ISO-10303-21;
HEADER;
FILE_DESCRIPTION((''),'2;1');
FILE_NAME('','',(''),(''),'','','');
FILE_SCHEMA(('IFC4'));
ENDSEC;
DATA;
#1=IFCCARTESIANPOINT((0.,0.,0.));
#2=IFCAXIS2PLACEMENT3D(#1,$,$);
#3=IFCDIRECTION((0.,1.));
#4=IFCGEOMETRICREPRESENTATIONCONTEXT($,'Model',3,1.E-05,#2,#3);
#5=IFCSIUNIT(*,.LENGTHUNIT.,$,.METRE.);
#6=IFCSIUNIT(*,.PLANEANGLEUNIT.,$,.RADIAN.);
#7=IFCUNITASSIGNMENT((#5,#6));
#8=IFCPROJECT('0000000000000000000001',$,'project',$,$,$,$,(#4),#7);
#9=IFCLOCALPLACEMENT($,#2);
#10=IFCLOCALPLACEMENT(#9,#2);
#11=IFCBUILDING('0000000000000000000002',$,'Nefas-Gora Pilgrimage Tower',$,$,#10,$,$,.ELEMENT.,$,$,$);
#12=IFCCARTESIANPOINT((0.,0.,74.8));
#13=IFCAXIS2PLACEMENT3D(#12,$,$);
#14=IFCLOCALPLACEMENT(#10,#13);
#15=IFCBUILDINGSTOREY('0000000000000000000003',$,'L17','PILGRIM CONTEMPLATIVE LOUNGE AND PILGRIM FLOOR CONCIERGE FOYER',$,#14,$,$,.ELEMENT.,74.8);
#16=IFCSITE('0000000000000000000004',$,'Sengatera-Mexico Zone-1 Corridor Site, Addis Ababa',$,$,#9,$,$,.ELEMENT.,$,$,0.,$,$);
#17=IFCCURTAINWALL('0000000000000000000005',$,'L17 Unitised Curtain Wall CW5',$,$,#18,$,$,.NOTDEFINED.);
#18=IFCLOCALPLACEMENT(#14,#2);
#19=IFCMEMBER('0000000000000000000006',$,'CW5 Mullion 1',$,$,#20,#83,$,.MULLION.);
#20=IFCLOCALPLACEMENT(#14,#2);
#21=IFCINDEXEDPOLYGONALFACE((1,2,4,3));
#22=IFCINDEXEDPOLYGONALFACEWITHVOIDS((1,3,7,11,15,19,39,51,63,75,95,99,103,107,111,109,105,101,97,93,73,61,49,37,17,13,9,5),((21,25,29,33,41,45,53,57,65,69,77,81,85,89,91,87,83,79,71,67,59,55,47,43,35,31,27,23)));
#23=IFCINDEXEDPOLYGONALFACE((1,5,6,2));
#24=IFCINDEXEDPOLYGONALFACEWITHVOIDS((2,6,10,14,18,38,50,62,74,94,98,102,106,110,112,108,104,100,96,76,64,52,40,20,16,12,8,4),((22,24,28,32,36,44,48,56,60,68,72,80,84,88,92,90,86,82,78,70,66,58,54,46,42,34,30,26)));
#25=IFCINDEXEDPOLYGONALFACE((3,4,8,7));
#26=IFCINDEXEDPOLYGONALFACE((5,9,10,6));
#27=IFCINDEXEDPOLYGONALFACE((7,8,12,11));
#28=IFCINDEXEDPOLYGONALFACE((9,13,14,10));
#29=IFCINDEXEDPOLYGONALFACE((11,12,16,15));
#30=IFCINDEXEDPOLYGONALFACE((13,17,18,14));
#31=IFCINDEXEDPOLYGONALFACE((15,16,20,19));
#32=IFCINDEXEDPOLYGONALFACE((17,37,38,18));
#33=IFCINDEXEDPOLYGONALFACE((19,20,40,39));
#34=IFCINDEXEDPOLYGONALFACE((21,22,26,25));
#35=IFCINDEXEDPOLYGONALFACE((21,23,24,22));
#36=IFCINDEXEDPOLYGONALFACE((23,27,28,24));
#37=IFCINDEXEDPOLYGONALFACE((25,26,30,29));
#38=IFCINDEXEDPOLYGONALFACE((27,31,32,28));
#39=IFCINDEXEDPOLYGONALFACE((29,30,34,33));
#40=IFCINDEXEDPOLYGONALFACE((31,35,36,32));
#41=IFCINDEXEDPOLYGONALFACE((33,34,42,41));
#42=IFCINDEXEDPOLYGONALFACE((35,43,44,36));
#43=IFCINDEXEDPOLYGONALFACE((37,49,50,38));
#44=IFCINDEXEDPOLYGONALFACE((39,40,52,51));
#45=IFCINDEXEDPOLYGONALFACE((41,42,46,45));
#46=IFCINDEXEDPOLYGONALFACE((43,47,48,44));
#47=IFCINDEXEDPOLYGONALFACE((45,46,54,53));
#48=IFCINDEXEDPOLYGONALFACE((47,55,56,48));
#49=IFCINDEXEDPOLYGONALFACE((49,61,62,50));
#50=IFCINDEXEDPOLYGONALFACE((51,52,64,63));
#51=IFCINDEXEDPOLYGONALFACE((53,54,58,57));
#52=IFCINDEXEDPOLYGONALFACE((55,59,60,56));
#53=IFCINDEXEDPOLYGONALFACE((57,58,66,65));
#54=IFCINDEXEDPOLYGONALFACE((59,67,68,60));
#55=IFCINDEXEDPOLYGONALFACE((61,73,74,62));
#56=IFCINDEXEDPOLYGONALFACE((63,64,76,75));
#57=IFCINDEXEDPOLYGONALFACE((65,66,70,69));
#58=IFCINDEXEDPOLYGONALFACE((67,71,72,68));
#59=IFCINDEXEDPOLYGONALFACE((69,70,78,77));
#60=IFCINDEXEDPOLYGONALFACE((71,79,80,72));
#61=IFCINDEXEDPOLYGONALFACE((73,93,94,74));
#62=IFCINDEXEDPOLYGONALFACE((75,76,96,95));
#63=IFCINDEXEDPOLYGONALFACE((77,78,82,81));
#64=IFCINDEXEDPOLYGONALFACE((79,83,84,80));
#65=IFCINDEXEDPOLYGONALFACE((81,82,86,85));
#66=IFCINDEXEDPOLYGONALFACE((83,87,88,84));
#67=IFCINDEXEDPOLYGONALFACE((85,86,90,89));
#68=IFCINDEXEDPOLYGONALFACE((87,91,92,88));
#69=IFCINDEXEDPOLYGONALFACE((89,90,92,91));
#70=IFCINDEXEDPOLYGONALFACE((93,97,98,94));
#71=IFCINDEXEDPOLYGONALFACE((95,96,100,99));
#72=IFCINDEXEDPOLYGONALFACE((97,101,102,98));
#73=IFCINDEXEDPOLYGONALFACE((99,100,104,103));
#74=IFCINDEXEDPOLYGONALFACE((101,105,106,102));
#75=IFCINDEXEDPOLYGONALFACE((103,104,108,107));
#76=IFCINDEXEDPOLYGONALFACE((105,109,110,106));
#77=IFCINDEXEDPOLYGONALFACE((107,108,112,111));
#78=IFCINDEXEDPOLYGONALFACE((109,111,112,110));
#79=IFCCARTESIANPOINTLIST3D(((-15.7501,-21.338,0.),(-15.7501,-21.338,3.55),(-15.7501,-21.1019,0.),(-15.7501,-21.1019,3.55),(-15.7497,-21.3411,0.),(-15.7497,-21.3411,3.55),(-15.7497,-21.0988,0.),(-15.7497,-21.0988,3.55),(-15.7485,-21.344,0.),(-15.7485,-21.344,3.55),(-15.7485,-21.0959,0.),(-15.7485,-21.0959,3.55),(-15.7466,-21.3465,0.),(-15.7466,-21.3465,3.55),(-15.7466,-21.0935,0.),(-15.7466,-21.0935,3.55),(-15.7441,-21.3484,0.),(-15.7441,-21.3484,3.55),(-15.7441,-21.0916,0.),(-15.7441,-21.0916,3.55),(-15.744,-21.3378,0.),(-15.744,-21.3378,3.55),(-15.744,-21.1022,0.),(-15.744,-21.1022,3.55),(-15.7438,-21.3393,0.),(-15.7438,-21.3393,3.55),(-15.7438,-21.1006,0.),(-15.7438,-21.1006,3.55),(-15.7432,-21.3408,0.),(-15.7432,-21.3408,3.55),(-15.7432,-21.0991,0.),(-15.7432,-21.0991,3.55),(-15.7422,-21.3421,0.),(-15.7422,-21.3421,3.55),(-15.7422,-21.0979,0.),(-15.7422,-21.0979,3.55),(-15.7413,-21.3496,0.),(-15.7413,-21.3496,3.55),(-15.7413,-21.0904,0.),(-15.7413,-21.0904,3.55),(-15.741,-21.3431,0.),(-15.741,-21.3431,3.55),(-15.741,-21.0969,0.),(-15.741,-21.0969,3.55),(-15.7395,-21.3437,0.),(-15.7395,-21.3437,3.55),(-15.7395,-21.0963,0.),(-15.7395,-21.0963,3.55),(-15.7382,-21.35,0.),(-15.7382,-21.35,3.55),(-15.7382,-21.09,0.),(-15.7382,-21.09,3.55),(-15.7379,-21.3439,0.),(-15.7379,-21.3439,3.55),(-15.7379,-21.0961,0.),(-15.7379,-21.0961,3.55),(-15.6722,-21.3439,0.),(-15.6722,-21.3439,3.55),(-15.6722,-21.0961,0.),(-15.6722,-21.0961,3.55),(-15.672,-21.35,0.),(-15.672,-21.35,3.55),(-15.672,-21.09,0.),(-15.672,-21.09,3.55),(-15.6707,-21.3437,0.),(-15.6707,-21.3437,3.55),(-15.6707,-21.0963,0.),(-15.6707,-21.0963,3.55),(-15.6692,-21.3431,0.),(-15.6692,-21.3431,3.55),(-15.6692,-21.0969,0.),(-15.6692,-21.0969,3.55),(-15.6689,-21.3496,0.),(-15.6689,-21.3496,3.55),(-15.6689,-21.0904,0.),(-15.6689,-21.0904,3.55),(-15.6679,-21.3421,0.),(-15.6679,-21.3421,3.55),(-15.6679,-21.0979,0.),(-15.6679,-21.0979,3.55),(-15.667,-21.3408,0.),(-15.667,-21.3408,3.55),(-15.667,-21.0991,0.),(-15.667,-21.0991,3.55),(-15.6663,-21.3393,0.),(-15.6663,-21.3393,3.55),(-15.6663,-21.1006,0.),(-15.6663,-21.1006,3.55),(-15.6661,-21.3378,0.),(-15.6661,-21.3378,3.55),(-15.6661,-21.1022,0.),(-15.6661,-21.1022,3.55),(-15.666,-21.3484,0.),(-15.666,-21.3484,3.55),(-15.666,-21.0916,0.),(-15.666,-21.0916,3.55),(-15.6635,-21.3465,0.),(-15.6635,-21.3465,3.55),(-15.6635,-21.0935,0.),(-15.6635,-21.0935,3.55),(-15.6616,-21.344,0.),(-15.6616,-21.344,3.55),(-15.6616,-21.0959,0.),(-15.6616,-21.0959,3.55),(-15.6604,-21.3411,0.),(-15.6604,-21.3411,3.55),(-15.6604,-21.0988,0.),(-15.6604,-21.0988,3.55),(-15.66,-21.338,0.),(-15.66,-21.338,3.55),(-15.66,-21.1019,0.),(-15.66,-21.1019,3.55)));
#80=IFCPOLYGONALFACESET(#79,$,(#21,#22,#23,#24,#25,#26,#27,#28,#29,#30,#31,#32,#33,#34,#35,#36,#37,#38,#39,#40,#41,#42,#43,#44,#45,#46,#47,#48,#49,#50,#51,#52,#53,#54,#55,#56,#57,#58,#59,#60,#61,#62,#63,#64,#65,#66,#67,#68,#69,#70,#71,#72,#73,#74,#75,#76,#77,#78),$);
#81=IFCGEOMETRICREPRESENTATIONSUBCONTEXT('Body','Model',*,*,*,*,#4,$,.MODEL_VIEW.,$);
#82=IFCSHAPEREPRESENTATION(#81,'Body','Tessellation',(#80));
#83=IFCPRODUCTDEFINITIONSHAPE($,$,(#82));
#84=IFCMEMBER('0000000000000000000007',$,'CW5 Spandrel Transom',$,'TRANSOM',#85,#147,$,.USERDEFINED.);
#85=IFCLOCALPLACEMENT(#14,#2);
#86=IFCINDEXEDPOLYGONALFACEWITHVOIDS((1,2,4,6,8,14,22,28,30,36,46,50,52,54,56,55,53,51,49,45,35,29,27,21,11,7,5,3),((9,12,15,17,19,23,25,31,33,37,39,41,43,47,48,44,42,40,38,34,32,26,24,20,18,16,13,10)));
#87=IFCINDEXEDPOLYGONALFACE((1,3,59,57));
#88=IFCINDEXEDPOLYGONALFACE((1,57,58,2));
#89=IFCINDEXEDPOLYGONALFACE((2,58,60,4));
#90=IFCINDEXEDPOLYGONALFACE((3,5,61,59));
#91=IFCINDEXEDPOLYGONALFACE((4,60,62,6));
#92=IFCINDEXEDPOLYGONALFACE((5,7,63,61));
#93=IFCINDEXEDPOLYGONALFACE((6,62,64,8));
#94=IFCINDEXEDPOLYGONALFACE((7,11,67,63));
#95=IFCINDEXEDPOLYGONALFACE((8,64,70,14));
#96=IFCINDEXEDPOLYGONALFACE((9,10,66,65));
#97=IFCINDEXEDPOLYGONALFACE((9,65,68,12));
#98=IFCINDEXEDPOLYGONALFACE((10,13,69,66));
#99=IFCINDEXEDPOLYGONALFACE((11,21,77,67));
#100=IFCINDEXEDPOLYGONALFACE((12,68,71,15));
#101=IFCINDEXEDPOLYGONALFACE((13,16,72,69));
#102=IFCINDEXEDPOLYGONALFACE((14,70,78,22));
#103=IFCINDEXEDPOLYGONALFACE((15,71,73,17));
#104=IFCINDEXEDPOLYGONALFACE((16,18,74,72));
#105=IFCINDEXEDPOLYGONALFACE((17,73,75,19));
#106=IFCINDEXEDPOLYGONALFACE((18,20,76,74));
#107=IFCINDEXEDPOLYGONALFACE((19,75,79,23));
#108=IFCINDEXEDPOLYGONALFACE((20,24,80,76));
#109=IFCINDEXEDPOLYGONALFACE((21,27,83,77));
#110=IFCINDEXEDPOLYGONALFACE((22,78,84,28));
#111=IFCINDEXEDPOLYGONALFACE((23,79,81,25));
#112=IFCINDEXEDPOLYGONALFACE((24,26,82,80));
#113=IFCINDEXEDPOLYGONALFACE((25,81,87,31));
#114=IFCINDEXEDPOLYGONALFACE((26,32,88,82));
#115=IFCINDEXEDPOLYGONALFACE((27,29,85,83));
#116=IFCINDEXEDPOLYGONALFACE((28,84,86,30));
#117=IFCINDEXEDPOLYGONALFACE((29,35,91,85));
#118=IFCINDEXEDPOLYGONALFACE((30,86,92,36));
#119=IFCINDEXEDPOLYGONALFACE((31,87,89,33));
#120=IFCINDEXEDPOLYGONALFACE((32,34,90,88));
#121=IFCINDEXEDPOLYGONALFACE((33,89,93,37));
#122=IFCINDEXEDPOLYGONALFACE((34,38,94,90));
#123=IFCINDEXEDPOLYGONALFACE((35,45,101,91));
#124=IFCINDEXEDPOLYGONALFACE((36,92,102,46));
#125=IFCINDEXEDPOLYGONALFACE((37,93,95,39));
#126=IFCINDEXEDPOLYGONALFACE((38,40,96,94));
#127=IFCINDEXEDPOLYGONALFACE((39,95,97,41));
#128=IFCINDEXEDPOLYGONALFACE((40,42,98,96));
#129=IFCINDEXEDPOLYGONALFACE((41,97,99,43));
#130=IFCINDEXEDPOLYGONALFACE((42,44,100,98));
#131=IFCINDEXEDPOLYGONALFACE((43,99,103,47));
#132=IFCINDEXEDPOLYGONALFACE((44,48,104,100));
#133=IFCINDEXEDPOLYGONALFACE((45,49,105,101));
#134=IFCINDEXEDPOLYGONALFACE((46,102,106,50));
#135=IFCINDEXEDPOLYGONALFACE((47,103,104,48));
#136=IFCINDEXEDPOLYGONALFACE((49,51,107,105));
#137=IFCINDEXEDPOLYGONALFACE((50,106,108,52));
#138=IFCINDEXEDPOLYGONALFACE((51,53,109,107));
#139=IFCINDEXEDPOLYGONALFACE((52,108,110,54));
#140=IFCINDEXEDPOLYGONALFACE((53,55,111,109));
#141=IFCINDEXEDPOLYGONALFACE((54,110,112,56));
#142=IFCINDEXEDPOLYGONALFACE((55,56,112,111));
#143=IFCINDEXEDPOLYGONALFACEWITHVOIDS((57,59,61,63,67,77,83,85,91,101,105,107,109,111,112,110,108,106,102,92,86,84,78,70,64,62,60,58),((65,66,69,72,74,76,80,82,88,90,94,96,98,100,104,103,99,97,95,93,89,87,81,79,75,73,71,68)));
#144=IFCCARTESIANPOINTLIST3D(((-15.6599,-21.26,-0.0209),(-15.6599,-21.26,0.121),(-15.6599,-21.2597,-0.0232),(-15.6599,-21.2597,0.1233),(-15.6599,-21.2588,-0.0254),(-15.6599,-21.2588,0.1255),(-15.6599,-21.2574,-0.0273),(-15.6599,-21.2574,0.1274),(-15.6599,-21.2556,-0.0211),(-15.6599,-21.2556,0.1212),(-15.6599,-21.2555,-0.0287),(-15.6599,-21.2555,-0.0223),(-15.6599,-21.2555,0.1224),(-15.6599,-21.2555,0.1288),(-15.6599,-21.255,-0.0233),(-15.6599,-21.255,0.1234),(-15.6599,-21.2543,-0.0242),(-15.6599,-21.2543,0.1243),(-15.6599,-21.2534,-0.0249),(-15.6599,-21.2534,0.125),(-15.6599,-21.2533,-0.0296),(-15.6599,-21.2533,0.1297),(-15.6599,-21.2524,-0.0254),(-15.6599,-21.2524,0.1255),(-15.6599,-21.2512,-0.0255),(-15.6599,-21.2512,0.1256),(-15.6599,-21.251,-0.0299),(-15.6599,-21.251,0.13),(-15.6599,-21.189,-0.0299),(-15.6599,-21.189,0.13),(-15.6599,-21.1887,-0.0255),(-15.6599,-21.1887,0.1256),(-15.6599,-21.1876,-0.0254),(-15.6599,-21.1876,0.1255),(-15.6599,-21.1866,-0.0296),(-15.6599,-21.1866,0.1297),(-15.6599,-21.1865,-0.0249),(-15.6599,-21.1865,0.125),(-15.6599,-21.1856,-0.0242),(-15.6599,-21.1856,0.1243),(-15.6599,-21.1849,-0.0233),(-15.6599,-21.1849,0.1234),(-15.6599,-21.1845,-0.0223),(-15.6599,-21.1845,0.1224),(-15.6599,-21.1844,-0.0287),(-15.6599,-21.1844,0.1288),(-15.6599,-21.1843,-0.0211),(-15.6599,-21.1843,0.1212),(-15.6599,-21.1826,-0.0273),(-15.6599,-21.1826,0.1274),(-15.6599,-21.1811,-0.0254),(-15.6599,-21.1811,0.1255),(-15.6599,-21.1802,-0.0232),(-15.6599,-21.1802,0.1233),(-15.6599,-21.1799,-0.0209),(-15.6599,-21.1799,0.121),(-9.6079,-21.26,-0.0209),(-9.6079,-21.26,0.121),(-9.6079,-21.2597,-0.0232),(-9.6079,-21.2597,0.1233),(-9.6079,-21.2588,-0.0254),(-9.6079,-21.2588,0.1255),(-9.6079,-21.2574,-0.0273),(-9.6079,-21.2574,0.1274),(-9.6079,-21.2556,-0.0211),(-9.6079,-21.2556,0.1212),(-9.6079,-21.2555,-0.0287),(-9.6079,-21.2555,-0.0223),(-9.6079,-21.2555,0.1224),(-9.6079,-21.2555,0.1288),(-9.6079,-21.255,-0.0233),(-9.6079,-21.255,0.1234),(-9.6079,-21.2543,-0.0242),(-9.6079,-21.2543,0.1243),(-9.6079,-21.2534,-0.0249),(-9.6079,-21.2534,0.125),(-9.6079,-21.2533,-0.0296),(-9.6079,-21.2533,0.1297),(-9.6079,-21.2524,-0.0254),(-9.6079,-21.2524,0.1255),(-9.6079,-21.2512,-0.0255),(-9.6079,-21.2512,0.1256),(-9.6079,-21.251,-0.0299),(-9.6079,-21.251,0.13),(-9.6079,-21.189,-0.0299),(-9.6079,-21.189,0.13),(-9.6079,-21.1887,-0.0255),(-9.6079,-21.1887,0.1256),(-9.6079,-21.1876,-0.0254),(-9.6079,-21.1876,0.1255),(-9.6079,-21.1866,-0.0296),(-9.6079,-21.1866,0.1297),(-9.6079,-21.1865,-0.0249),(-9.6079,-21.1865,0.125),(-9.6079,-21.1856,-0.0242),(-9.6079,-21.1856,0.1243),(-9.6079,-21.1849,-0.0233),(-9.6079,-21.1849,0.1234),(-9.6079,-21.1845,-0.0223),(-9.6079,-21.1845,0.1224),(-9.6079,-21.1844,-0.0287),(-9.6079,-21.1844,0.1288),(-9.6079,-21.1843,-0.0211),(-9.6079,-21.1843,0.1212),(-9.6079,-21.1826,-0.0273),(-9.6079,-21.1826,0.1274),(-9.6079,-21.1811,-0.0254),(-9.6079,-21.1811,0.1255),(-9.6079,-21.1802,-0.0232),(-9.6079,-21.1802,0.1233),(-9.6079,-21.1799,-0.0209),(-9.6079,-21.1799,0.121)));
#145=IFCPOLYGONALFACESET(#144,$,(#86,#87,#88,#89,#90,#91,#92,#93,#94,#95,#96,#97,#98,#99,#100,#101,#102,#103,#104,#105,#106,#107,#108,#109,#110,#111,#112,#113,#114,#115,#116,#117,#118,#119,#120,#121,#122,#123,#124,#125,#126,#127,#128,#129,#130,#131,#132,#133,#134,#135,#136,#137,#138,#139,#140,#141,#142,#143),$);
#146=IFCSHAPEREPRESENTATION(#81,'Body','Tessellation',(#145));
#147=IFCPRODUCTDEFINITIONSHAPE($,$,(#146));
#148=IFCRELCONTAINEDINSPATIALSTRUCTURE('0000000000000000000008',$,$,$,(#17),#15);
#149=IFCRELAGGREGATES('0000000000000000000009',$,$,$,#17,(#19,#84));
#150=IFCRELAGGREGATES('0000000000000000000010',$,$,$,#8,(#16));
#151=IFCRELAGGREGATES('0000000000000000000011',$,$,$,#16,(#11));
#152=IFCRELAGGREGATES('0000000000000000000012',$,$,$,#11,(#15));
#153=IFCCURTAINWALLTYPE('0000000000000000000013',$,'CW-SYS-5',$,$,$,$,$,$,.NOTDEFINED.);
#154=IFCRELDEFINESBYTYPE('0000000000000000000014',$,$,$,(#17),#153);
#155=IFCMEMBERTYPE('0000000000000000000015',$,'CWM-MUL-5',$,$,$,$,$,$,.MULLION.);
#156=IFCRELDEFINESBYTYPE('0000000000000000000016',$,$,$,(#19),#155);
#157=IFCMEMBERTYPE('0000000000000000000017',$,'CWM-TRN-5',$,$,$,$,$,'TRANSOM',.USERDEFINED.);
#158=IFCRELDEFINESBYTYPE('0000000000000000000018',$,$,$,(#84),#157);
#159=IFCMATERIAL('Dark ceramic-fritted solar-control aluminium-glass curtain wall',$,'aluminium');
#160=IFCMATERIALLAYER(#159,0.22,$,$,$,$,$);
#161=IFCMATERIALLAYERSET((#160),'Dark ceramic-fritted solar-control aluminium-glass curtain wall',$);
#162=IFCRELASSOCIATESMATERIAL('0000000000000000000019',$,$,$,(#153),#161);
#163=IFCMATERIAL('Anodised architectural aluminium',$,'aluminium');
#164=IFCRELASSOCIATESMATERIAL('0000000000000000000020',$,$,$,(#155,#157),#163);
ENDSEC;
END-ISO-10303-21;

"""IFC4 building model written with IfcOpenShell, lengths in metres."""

from ifc_helpers import new_model, si_unit, direction, frame, origin, origin_2d, place, context, subcontext, project, spatial, hollow_rectangle, extrude, source, transform, mapped, material, layer, layer_set, material_profile, profile_set, type_object, element, aggregate, save


model = new_model("IFC4")

# Units and contexts
model_context = context("Model", 3, precision=1e-05, world=origin(), true_north=direction((0.0, 1.0)))
body_context = subcontext(model_context, "Body", "Model", "MODEL_VIEW")
ifc_project = project(units=[si_unit("LENGTHUNIT", "METRE"), si_unit("PLANEANGLEUNIT", "RADIAN")], contexts=[model_context])

# Site, building, storey
site_placement = place(None, origin())
site = spatial("IfcSite", under=ifc_project, at=site_placement, Name="Sengatera-Mexico Zone-1 Corridor Site, Addis Ababa", CompositionType="ELEMENT", RefElevation=0.0)
building_placement = place(site_placement, origin())
building = spatial("IfcBuilding", under=site, at=building_placement, Name="Nefas-Gora Pilgrimage Tower", CompositionType="ELEMENT")
storey_placement = place(building_placement, frame((0.0, 0.0, 74.8)))
storey = spatial("IfcBuildingStorey", under=building, at=storey_placement, Name="L17", Description="PILGRIM CONTEMPLATIVE LOUNGE AND PILGRIM FLOOR CONCIERGE FOYER", CompositionType="ELEMENT", Elevation=74.8)

# Curtain wall, members
ifc_material_1 = material(Name="Dark ceramic-fritted solar-control aluminium-glass curtain wall", Category="aluminium")
ifc_layer_1 = layer(ifc_material_1, 0.22)
ifc_layer_set_1 = layer_set([ifc_layer_1], Name="Dark ceramic-fritted solar-control aluminium-glass curtain wall")
curtain_wall_type_1 = type_object("IfcCurtainWallType", Name="CW-SYS-5", PredefinedType="NOTDEFINED", material=ifc_layer_set_1)
curtain_wall_1_placement = place(storey_placement, origin())
curtain_wall_1 = element("IfcCurtainWall", 1, at=curtain_wall_1_placement, inside=storey, type_object=curtain_wall_type_1, Name="L17 Unitised Curtain Wall CW5", PredefinedType="NOTDEFINED")
ifc_material_2 = material(Name="Anodised architectural aluminium", Category="aluminium")
ifc_material_profile_1 = material_profile(ifc_material_2, hollow_rectangle(XDim=0.0901, YDim=0.26, WallThickness=0.0061, InnerFilletRadius=0.0061, OuterFilletRadius=0.012, at=origin_2d()), Name="ALU MULLION 90x260")
ifc_profile_set_1 = profile_set([ifc_material_profile_1], Name="Anodised architectural aluminium")
member_type_1 = type_object("IfcMemberType", Name="CWM-MUL-5", PredefinedType="MULLION", material=ifc_profile_set_1)
shared_shape_1 = source(origin(), body_context, "Body", "SweptSolid", [
    extrude(hollow_rectangle(XDim=0.0901, YDim=0.26, WallThickness=0.0061, InnerFilletRadius=0.0061, OuterFilletRadius=0.012, at=origin_2d()), origin(), (0.0, 0.0, 1.0), 3.55),
])
member_1_placement = place(storey_placement, frame((-15.7051, -21.22, 0.0), z_axis=(0.0, 0.0, 1.0), x_axis=(1.0, 0.0, 0.0)))
member_1 = element("IfcMember", 2, at=member_1_placement, type_object=member_type_1, Name="CW5 Mullion 1", PredefinedType="MULLION", context=body_context, shape_type="MappedRepresentation", body=[
    mapped(shared_shape_1, transform((0.0, 0.0, 0.0), x_axis=(1.0, 0.0, 0.0), y_axis=(0.0, 1.0, 0.0), z_axis=(0.0, 0.0, 1.0), scale=1.0)),
])
ifc_material_profile_2 = material_profile(ifc_material_2, hollow_rectangle(XDim=0.0801, YDim=0.1599, WallThickness=0.0044, InnerFilletRadius=0.0044, OuterFilletRadius=0.009, at=origin_2d()), Name="ALU TRANSOM 80x160")
ifc_profile_set_2 = profile_set([ifc_material_profile_2], Name="Anodised architectural aluminium")
member_type_2 = type_object("IfcMemberType", Name="CWM-TRN-5", ElementType="TRANSOM", PredefinedType="USERDEFINED", material=ifc_profile_set_2)
shared_shape_2 = source(origin(), body_context, "Body", "SweptSolid", [
    extrude(hollow_rectangle(XDim=0.0801, YDim=0.1599, WallThickness=0.0044, InnerFilletRadius=0.0044, OuterFilletRadius=0.009, at=origin_2d()), origin(), (0.0, 0.0, 1.0), 6.052),
])
member_2_placement = place(storey_placement, frame((-15.6599, -21.22, 0.05), z_axis=(1.0, 0.0, 0.0), x_axis=(0.0, 1.0, 0.0)))
member_2 = element("IfcMember", 3, at=member_2_placement, type_object=member_type_2, Name="CW5 Spandrel Transom", ObjectType="TRANSOM", PredefinedType="USERDEFINED", context=body_context, shape_type="MappedRepresentation", body=[
    mapped(shared_shape_2, transform((0.0, 0.0, 0.0), x_axis=(1.0, 0.0, 0.0), y_axis=(0.0, 1.0, 0.0), z_axis=(0.0, 0.0, 1.0), scale=1.0)),
])

aggregate(curtain_wall_1, [member_1, member_2])

save(model, "model.ifc")
